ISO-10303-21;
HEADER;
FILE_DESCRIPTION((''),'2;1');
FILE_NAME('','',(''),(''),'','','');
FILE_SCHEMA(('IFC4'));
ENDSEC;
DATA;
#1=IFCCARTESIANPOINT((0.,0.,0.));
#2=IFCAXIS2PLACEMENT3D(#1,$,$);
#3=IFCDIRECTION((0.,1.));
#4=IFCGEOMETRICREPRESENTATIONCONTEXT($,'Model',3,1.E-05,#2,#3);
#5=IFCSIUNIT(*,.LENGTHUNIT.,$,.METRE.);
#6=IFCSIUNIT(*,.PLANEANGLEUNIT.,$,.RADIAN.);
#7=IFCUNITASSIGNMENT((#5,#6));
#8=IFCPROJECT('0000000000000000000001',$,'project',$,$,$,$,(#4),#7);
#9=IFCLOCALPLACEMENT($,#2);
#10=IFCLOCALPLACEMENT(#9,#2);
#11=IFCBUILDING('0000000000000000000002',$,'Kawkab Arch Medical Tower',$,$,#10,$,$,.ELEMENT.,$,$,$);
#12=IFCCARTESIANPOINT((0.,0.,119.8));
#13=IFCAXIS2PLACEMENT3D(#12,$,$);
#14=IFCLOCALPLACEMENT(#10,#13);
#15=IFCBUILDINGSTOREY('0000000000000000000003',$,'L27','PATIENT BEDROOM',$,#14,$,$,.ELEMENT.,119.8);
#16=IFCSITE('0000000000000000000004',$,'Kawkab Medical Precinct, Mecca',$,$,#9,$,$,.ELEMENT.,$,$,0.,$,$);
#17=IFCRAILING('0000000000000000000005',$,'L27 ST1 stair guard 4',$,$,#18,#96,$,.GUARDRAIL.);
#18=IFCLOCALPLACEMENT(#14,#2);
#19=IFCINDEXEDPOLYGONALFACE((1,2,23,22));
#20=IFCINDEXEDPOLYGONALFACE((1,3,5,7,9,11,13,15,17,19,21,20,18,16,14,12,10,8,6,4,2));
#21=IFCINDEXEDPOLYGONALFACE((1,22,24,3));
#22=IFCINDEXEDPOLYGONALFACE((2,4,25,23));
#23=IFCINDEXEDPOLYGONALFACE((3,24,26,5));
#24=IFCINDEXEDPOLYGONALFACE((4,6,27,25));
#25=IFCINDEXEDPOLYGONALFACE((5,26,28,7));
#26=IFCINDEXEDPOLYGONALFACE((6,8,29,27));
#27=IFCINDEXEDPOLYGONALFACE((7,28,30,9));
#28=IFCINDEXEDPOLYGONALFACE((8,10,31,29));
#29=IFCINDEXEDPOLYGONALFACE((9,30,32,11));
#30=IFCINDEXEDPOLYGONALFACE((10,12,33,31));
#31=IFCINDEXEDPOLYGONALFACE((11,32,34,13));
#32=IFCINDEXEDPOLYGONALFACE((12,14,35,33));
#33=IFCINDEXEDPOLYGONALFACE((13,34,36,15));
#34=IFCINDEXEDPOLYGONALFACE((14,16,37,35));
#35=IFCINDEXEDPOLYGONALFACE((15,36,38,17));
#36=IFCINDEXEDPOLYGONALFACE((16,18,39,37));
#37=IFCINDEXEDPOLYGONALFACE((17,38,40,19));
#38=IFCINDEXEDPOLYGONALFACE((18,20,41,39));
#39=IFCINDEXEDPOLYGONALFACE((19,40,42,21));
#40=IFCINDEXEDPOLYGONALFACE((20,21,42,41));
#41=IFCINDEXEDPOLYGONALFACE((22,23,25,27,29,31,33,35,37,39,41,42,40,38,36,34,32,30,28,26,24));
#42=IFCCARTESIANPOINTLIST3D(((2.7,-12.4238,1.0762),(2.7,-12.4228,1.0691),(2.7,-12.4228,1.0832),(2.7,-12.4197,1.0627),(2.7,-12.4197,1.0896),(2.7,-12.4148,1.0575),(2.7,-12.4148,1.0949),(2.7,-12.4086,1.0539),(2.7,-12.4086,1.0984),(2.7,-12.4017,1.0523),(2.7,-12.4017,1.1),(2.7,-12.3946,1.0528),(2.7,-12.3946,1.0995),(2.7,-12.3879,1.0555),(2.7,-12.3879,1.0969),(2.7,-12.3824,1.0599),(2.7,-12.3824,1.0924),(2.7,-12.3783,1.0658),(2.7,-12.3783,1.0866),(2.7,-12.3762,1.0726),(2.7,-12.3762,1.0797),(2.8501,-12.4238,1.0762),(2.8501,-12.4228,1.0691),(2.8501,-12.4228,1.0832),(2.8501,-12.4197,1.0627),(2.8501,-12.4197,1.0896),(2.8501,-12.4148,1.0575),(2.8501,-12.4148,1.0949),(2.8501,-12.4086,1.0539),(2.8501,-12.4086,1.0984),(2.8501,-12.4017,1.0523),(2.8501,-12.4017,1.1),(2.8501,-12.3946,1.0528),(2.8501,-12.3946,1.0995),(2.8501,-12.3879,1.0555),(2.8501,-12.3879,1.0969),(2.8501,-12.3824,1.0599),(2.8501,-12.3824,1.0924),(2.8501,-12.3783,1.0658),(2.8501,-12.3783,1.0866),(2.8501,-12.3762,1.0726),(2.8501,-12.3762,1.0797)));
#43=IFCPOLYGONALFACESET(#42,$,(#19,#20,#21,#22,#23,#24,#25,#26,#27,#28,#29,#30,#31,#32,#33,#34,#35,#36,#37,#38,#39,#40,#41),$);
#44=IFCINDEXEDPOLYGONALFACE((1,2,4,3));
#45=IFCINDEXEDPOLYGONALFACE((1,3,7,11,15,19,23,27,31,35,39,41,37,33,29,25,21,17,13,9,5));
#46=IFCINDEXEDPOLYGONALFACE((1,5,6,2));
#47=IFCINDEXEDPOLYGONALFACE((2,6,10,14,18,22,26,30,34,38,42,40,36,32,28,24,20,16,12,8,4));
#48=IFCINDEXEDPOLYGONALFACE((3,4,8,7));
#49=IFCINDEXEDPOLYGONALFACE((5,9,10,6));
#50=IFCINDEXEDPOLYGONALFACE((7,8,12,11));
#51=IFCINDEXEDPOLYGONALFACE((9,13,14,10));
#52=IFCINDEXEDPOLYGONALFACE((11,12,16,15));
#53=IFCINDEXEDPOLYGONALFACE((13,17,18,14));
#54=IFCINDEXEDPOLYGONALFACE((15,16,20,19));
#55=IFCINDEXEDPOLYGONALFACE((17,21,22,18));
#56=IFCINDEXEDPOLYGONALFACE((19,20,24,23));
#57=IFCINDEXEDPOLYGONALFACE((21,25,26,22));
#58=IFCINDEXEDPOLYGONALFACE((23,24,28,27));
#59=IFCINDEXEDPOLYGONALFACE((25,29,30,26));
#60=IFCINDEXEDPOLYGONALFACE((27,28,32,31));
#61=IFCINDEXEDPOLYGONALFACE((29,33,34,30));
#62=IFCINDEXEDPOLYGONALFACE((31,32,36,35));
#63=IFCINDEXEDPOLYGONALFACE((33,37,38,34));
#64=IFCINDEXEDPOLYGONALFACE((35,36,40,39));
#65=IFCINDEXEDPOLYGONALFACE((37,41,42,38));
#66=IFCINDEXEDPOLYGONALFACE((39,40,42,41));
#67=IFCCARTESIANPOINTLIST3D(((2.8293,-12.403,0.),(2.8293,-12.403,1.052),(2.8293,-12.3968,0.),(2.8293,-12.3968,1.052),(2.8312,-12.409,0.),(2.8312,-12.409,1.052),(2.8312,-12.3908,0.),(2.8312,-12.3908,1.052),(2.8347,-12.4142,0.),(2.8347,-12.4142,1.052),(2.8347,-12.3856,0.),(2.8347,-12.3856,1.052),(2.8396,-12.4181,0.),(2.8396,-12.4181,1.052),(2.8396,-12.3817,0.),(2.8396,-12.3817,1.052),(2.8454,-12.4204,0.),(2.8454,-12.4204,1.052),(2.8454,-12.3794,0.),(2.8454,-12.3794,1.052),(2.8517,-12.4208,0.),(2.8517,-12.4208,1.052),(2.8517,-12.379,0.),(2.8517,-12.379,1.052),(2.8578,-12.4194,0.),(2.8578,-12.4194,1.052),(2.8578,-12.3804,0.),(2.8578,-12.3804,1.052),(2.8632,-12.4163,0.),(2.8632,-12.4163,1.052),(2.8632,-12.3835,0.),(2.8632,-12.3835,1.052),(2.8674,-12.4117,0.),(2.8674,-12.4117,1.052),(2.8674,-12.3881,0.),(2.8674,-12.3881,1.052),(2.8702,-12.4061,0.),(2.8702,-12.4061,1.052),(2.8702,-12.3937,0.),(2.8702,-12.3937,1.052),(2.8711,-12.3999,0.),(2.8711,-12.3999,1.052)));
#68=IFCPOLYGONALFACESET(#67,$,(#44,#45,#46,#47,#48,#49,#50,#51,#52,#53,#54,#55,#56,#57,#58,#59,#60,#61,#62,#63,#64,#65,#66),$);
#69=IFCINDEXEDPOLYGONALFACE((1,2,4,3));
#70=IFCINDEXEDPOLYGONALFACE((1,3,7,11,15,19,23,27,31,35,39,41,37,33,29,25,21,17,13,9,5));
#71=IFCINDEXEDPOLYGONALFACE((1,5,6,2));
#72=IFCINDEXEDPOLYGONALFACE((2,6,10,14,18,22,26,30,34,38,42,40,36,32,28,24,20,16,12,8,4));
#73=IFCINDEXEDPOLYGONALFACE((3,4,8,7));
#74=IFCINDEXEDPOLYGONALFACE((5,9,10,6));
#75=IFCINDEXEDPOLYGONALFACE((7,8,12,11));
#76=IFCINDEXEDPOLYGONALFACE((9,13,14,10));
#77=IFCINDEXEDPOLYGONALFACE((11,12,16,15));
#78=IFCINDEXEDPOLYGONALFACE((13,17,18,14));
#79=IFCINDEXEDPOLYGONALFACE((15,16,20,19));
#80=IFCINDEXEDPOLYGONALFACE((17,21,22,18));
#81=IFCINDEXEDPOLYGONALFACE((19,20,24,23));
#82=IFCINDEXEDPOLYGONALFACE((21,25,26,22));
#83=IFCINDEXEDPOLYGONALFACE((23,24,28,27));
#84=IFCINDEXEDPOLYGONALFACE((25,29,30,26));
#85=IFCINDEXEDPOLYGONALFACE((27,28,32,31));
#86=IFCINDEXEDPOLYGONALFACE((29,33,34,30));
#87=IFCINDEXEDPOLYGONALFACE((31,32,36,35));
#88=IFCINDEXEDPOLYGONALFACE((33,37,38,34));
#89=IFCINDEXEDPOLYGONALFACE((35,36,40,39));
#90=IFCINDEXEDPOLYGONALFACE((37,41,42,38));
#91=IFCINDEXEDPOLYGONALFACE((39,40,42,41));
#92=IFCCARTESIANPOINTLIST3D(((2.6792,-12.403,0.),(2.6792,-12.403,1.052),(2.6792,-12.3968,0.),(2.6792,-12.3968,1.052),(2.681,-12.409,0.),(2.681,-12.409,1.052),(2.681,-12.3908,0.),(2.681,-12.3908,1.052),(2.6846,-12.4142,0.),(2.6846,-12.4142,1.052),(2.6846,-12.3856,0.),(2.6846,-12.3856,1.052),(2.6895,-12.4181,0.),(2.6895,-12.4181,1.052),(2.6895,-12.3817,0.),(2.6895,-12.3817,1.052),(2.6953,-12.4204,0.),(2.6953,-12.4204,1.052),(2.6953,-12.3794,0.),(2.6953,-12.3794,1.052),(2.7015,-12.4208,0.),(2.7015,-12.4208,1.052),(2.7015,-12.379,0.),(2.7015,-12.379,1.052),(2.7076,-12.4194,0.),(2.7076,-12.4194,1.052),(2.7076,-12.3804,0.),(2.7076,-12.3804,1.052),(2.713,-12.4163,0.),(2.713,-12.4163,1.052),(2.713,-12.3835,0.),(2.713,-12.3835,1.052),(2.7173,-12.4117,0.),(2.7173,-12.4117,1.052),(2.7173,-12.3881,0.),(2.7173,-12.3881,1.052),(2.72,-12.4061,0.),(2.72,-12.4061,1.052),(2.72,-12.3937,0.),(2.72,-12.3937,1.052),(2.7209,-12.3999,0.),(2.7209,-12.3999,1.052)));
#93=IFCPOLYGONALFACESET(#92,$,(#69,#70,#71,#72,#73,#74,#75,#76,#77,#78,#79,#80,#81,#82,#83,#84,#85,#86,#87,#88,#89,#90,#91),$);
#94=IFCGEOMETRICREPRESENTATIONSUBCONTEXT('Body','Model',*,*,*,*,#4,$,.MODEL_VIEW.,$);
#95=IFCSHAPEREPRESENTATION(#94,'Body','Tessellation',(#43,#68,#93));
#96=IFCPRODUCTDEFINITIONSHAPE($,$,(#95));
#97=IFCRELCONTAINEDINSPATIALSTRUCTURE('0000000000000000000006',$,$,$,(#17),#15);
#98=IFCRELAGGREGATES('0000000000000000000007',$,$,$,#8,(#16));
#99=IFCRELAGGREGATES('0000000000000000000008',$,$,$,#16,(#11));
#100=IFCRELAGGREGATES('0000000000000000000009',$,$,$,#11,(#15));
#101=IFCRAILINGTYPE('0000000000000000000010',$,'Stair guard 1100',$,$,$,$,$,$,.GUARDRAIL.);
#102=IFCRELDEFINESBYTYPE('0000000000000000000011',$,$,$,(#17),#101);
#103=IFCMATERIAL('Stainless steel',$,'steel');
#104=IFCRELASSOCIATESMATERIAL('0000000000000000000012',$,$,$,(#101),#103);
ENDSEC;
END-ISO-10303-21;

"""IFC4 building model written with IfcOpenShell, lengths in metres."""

from ifc_helpers import new_model, si_unit, direction, frame, origin, origin_2d, place, context, subcontext, project, spatial, circle, extrude, material, type_object, element, save


model = new_model("IFC4")

# Units and contexts
model_context = context("Model", 3, precision=1e-05, world=origin(), true_north=direction((0.0, 1.0)))
body_context = subcontext(model_context, "Body", "Model", "MODEL_VIEW")
ifc_project = project(units=[si_unit("LENGTHUNIT", "METRE"), si_unit("PLANEANGLEUNIT", "RADIAN")], contexts=[model_context])

# Site, building, storey
site_placement = place(None, origin())
site = spatial("IfcSite", under=ifc_project, at=site_placement, Name="Kawkab Medical Precinct, Mecca", CompositionType="ELEMENT", RefElevation=0.0)
building_placement = place(site_placement, origin())
building = spatial("IfcBuilding", under=site, at=building_placement, Name="Kawkab Arch Medical Tower", CompositionType="ELEMENT")
storey_placement = place(building_placement, frame((0.0, 0.0, 119.8)))
storey = spatial("IfcBuildingStorey", under=building, at=storey_placement, Name="L27", Description="PATIENT BEDROOM", CompositionType="ELEMENT", Elevation=119.8)

# Railing
ifc_material_1 = material(Name="Stainless steel", Category="steel")
railing_type_1 = type_object("IfcRailingType", Name="Stair guard 1100", PredefinedType="GUARDRAIL", material=ifc_material_1)
railing_1_placement = place(storey_placement, frame((2.8501, -12.3999, 0.0)))
element("IfcRailing", 1, at=railing_1_placement, inside=storey, type_object=railing_type_1, Name="L27 ST1 stair guard 4", PredefinedType="GUARDRAIL", context=body_context, shape_type="SweptSolid", body=[
    extrude(circle(Radius=0.0239, at=origin_2d()), frame((0.0, 0.0, 1.0762), z_axis=(-1.0, 0.0, 0.0), x_axis=(0.0, -1.0, 0.0)), (0.0, 0.0, 1.0), 0.1501),
    extrude(circle(Radius=0.021, at=origin_2d()), origin(), (0.0, 0.0, 1.0), 1.052),
    extrude(circle(Radius=0.021, at=origin_2d()), frame((-0.1501, 0.0, 0.0)), (0.0, 0.0, 1.0), 1.052),
])

save(model, "model.ifc")
